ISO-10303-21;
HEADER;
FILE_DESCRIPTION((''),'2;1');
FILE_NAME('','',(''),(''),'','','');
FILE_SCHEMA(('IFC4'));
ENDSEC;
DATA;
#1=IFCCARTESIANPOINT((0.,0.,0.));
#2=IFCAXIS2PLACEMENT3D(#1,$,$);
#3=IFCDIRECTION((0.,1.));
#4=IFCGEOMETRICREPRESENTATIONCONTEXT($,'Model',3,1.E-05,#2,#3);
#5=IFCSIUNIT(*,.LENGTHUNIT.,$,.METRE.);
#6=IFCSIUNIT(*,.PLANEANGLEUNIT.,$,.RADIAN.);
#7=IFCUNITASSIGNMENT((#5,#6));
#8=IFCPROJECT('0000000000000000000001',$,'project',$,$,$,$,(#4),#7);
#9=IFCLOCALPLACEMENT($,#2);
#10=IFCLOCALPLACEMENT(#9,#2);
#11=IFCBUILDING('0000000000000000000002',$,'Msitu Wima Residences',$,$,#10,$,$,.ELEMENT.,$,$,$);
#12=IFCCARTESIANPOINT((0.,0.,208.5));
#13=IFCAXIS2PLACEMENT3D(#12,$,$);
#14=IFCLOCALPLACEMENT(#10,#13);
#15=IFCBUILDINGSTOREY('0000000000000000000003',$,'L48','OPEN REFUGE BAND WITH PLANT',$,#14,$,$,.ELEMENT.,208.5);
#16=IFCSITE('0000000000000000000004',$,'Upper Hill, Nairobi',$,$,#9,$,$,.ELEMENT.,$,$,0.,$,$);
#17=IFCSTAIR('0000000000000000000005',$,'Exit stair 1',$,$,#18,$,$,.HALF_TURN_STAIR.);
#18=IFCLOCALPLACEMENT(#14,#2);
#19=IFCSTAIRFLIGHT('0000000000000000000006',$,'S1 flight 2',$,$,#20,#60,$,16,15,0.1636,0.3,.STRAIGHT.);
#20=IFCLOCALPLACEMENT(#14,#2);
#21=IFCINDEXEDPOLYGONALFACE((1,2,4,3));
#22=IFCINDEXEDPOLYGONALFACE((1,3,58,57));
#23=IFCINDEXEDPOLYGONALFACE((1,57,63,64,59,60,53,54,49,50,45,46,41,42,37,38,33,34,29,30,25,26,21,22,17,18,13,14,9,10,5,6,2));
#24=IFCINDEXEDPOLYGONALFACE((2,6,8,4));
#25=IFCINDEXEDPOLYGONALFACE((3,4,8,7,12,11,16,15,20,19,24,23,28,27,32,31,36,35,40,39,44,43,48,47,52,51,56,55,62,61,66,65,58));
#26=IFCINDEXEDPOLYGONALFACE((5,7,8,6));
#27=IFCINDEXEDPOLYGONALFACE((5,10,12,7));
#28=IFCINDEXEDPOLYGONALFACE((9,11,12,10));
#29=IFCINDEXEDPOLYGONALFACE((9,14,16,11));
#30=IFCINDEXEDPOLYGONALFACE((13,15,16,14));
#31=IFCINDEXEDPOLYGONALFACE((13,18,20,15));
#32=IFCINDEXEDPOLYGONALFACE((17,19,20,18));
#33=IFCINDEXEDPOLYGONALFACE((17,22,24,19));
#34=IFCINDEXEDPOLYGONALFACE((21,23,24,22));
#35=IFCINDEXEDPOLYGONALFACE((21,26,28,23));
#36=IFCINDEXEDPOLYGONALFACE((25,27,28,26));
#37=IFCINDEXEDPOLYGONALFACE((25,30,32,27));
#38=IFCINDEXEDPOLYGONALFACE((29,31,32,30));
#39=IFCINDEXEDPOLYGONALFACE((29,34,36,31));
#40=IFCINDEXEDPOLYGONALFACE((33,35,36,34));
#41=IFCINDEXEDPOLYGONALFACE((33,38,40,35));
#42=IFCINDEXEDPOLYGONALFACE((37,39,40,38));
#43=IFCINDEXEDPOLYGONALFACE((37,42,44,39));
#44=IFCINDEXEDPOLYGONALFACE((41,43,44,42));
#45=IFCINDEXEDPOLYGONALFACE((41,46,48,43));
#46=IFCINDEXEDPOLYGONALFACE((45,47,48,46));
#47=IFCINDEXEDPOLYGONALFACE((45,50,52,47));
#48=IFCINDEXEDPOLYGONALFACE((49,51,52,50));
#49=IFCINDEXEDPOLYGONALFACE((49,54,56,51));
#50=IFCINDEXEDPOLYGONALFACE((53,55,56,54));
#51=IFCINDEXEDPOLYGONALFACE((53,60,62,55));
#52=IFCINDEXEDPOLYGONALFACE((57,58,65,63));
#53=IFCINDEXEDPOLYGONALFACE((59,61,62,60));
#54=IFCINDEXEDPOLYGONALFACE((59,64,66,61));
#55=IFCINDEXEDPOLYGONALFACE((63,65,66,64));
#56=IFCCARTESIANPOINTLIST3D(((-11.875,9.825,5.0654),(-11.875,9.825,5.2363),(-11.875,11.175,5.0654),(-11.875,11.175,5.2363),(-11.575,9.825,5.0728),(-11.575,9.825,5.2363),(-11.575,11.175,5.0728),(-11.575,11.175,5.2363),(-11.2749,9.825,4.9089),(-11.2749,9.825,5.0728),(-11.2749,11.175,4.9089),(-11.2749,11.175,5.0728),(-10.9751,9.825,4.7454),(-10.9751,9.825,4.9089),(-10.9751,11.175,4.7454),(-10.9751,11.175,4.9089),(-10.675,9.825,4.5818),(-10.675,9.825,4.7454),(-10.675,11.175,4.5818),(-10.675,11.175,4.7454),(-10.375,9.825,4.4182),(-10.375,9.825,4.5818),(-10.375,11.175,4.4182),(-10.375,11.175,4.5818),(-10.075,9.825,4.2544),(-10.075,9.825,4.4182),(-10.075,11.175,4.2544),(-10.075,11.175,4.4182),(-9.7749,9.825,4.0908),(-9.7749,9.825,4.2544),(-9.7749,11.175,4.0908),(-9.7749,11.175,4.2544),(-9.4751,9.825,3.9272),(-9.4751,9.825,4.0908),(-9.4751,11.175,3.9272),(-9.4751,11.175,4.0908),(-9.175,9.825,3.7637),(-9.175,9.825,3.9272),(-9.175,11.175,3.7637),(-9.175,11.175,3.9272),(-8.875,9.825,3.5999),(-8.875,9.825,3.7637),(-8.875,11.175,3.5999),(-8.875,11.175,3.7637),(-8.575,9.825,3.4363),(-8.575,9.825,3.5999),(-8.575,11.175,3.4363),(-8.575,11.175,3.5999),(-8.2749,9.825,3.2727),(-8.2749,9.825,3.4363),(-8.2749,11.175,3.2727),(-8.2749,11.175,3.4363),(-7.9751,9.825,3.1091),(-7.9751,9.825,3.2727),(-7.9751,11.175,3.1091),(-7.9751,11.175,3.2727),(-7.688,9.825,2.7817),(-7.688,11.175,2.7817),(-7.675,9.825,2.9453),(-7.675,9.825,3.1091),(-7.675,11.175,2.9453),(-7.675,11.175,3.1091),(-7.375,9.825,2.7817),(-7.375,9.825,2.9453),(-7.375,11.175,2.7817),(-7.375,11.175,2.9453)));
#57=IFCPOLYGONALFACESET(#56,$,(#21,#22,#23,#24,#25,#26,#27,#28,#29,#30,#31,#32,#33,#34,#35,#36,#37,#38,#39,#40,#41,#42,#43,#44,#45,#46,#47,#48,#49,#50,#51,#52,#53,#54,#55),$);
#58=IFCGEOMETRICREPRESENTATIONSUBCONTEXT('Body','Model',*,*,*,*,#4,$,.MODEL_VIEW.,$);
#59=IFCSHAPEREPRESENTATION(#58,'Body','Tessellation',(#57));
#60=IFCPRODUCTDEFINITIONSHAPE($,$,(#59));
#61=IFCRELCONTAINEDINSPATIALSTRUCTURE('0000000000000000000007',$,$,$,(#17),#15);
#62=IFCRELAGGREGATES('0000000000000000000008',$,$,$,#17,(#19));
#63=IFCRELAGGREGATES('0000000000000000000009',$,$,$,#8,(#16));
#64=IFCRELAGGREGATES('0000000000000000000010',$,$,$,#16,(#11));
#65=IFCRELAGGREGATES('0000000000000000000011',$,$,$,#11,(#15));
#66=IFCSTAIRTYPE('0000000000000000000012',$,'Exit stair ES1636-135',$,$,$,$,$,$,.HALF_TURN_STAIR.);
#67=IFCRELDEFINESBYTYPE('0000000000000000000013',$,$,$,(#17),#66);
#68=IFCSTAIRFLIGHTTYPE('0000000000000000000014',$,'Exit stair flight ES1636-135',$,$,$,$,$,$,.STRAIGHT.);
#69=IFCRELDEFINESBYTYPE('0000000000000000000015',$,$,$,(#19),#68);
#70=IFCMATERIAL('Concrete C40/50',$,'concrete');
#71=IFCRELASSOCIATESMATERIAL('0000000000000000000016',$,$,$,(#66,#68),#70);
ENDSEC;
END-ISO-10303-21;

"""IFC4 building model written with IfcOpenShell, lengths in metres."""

from ifc_helpers import new_model, si_unit, direction, frame, origin, place, context, subcontext, project, spatial, polyline, outline, extrude, material, type_object, element, aggregate, save


model = new_model("IFC4")

# Units and contexts
model_context = context("Model", 3, precision=1e-05, world=origin(), true_north=direction((0.0, 1.0)))
body_context = subcontext(model_context, "Body", "Model", "MODEL_VIEW")
ifc_project = project(units=[si_unit("LENGTHUNIT", "METRE"), si_unit("PLANEANGLEUNIT", "RADIAN")], contexts=[model_context])

# Site, building, storey
site_placement = place(None, origin())
site = spatial("IfcSite", under=ifc_project, at=site_placement, Name="Upper Hill, Nairobi", CompositionType="ELEMENT", RefElevation=0.0)
building_placement = place(site_placement, origin())
building = spatial("IfcBuilding", under=site, at=building_placement, Name="Msitu Wima Residences", CompositionType="ELEMENT")
storey_placement = place(building_placement, frame((0.0, 0.0, 208.5)))
storey = spatial("IfcBuildingStorey", under=building, at=storey_placement, Name="L48", Description="OPEN REFUGE BAND WITH PLANT", CompositionType="ELEMENT", Elevation=208.5)

# Shared definitions
ifc_material_1 = material(Name="Concrete C40/50", Category="concrete")

# Stair, stair flight
stair_type = type_object("IfcStairType", Name="Exit stair ES1636-135", PredefinedType="HALF_TURN_STAIR", material=ifc_material_1)
stair_placement = place(storey_placement, origin())
stair = element("IfcStair", 1, at=stair_placement, inside=storey, type_object=stair_type, Name="Exit stair 1", PredefinedType="HALF_TURN_STAIR")
stair_flight_type = type_object("IfcStairFlightType", Name="Exit stair flight ES1636-135", PredefinedType="STRAIGHT", material=ifc_material_1)
stair_flight_1_placement = place(storey_placement, frame((-7.375, 10.5, 2.7817), z_axis=(0.0, 0.0, 1.0), x_axis=(-1.0, 0.0, 0.0)))
stair_flight_1 = element("IfcStairFlight", 2, at=stair_flight_1_placement, type_object=stair_flight_type, Name="S1 flight 2", NumberOfRisers=16, NumberOfTreads=15, PredefinedType="STRAIGHT", RiserHeight=0.1636, TreadLength=0.3, context=body_context, shape_type="SweptSolid", body=[
    extrude(outline(polyline([(0.0, 0.0), (0.0, 0.1636), (0.3, 0.1636), (0.3, 0.3274), (0.6001, 0.3274), (0.6001, 0.491), (0.8999, 0.491), (0.8999, 0.6545), (1.2, 0.6545), (1.2, 0.8181), (1.5, 0.8181), (1.5, 0.9819), (1.8, 0.9819), (1.8, 1.1455), (2.1001, 1.1455), (2.1001, 1.3091), (2.3999, 1.3091), (2.3999, 1.4727), (2.7, 1.4727), (2.7, 1.6365), (3.0, 1.6365), (3.0, 1.8), (3.3, 1.8), (3.3, 1.9636), (3.6001, 1.9636), (3.6001, 2.1272), (3.8999, 2.1272), (3.8999, 2.291), (4.2, 2.291), (4.2, 2.4546), (4.5, 2.4546), (4.5, 2.6182), (4.5, 2.2837), (0.313, 0.0), (0.0, 0.0)])), frame((0.0, 0.675, 0.0), z_axis=(0.0, -1.0, 0.0), x_axis=(1.0, 0.0, 0.0)), (0.0, 0.0, 1.0), 1.3501),
])
aggregate(stair, [stair_flight_1])

save(model, "model.ifc")
